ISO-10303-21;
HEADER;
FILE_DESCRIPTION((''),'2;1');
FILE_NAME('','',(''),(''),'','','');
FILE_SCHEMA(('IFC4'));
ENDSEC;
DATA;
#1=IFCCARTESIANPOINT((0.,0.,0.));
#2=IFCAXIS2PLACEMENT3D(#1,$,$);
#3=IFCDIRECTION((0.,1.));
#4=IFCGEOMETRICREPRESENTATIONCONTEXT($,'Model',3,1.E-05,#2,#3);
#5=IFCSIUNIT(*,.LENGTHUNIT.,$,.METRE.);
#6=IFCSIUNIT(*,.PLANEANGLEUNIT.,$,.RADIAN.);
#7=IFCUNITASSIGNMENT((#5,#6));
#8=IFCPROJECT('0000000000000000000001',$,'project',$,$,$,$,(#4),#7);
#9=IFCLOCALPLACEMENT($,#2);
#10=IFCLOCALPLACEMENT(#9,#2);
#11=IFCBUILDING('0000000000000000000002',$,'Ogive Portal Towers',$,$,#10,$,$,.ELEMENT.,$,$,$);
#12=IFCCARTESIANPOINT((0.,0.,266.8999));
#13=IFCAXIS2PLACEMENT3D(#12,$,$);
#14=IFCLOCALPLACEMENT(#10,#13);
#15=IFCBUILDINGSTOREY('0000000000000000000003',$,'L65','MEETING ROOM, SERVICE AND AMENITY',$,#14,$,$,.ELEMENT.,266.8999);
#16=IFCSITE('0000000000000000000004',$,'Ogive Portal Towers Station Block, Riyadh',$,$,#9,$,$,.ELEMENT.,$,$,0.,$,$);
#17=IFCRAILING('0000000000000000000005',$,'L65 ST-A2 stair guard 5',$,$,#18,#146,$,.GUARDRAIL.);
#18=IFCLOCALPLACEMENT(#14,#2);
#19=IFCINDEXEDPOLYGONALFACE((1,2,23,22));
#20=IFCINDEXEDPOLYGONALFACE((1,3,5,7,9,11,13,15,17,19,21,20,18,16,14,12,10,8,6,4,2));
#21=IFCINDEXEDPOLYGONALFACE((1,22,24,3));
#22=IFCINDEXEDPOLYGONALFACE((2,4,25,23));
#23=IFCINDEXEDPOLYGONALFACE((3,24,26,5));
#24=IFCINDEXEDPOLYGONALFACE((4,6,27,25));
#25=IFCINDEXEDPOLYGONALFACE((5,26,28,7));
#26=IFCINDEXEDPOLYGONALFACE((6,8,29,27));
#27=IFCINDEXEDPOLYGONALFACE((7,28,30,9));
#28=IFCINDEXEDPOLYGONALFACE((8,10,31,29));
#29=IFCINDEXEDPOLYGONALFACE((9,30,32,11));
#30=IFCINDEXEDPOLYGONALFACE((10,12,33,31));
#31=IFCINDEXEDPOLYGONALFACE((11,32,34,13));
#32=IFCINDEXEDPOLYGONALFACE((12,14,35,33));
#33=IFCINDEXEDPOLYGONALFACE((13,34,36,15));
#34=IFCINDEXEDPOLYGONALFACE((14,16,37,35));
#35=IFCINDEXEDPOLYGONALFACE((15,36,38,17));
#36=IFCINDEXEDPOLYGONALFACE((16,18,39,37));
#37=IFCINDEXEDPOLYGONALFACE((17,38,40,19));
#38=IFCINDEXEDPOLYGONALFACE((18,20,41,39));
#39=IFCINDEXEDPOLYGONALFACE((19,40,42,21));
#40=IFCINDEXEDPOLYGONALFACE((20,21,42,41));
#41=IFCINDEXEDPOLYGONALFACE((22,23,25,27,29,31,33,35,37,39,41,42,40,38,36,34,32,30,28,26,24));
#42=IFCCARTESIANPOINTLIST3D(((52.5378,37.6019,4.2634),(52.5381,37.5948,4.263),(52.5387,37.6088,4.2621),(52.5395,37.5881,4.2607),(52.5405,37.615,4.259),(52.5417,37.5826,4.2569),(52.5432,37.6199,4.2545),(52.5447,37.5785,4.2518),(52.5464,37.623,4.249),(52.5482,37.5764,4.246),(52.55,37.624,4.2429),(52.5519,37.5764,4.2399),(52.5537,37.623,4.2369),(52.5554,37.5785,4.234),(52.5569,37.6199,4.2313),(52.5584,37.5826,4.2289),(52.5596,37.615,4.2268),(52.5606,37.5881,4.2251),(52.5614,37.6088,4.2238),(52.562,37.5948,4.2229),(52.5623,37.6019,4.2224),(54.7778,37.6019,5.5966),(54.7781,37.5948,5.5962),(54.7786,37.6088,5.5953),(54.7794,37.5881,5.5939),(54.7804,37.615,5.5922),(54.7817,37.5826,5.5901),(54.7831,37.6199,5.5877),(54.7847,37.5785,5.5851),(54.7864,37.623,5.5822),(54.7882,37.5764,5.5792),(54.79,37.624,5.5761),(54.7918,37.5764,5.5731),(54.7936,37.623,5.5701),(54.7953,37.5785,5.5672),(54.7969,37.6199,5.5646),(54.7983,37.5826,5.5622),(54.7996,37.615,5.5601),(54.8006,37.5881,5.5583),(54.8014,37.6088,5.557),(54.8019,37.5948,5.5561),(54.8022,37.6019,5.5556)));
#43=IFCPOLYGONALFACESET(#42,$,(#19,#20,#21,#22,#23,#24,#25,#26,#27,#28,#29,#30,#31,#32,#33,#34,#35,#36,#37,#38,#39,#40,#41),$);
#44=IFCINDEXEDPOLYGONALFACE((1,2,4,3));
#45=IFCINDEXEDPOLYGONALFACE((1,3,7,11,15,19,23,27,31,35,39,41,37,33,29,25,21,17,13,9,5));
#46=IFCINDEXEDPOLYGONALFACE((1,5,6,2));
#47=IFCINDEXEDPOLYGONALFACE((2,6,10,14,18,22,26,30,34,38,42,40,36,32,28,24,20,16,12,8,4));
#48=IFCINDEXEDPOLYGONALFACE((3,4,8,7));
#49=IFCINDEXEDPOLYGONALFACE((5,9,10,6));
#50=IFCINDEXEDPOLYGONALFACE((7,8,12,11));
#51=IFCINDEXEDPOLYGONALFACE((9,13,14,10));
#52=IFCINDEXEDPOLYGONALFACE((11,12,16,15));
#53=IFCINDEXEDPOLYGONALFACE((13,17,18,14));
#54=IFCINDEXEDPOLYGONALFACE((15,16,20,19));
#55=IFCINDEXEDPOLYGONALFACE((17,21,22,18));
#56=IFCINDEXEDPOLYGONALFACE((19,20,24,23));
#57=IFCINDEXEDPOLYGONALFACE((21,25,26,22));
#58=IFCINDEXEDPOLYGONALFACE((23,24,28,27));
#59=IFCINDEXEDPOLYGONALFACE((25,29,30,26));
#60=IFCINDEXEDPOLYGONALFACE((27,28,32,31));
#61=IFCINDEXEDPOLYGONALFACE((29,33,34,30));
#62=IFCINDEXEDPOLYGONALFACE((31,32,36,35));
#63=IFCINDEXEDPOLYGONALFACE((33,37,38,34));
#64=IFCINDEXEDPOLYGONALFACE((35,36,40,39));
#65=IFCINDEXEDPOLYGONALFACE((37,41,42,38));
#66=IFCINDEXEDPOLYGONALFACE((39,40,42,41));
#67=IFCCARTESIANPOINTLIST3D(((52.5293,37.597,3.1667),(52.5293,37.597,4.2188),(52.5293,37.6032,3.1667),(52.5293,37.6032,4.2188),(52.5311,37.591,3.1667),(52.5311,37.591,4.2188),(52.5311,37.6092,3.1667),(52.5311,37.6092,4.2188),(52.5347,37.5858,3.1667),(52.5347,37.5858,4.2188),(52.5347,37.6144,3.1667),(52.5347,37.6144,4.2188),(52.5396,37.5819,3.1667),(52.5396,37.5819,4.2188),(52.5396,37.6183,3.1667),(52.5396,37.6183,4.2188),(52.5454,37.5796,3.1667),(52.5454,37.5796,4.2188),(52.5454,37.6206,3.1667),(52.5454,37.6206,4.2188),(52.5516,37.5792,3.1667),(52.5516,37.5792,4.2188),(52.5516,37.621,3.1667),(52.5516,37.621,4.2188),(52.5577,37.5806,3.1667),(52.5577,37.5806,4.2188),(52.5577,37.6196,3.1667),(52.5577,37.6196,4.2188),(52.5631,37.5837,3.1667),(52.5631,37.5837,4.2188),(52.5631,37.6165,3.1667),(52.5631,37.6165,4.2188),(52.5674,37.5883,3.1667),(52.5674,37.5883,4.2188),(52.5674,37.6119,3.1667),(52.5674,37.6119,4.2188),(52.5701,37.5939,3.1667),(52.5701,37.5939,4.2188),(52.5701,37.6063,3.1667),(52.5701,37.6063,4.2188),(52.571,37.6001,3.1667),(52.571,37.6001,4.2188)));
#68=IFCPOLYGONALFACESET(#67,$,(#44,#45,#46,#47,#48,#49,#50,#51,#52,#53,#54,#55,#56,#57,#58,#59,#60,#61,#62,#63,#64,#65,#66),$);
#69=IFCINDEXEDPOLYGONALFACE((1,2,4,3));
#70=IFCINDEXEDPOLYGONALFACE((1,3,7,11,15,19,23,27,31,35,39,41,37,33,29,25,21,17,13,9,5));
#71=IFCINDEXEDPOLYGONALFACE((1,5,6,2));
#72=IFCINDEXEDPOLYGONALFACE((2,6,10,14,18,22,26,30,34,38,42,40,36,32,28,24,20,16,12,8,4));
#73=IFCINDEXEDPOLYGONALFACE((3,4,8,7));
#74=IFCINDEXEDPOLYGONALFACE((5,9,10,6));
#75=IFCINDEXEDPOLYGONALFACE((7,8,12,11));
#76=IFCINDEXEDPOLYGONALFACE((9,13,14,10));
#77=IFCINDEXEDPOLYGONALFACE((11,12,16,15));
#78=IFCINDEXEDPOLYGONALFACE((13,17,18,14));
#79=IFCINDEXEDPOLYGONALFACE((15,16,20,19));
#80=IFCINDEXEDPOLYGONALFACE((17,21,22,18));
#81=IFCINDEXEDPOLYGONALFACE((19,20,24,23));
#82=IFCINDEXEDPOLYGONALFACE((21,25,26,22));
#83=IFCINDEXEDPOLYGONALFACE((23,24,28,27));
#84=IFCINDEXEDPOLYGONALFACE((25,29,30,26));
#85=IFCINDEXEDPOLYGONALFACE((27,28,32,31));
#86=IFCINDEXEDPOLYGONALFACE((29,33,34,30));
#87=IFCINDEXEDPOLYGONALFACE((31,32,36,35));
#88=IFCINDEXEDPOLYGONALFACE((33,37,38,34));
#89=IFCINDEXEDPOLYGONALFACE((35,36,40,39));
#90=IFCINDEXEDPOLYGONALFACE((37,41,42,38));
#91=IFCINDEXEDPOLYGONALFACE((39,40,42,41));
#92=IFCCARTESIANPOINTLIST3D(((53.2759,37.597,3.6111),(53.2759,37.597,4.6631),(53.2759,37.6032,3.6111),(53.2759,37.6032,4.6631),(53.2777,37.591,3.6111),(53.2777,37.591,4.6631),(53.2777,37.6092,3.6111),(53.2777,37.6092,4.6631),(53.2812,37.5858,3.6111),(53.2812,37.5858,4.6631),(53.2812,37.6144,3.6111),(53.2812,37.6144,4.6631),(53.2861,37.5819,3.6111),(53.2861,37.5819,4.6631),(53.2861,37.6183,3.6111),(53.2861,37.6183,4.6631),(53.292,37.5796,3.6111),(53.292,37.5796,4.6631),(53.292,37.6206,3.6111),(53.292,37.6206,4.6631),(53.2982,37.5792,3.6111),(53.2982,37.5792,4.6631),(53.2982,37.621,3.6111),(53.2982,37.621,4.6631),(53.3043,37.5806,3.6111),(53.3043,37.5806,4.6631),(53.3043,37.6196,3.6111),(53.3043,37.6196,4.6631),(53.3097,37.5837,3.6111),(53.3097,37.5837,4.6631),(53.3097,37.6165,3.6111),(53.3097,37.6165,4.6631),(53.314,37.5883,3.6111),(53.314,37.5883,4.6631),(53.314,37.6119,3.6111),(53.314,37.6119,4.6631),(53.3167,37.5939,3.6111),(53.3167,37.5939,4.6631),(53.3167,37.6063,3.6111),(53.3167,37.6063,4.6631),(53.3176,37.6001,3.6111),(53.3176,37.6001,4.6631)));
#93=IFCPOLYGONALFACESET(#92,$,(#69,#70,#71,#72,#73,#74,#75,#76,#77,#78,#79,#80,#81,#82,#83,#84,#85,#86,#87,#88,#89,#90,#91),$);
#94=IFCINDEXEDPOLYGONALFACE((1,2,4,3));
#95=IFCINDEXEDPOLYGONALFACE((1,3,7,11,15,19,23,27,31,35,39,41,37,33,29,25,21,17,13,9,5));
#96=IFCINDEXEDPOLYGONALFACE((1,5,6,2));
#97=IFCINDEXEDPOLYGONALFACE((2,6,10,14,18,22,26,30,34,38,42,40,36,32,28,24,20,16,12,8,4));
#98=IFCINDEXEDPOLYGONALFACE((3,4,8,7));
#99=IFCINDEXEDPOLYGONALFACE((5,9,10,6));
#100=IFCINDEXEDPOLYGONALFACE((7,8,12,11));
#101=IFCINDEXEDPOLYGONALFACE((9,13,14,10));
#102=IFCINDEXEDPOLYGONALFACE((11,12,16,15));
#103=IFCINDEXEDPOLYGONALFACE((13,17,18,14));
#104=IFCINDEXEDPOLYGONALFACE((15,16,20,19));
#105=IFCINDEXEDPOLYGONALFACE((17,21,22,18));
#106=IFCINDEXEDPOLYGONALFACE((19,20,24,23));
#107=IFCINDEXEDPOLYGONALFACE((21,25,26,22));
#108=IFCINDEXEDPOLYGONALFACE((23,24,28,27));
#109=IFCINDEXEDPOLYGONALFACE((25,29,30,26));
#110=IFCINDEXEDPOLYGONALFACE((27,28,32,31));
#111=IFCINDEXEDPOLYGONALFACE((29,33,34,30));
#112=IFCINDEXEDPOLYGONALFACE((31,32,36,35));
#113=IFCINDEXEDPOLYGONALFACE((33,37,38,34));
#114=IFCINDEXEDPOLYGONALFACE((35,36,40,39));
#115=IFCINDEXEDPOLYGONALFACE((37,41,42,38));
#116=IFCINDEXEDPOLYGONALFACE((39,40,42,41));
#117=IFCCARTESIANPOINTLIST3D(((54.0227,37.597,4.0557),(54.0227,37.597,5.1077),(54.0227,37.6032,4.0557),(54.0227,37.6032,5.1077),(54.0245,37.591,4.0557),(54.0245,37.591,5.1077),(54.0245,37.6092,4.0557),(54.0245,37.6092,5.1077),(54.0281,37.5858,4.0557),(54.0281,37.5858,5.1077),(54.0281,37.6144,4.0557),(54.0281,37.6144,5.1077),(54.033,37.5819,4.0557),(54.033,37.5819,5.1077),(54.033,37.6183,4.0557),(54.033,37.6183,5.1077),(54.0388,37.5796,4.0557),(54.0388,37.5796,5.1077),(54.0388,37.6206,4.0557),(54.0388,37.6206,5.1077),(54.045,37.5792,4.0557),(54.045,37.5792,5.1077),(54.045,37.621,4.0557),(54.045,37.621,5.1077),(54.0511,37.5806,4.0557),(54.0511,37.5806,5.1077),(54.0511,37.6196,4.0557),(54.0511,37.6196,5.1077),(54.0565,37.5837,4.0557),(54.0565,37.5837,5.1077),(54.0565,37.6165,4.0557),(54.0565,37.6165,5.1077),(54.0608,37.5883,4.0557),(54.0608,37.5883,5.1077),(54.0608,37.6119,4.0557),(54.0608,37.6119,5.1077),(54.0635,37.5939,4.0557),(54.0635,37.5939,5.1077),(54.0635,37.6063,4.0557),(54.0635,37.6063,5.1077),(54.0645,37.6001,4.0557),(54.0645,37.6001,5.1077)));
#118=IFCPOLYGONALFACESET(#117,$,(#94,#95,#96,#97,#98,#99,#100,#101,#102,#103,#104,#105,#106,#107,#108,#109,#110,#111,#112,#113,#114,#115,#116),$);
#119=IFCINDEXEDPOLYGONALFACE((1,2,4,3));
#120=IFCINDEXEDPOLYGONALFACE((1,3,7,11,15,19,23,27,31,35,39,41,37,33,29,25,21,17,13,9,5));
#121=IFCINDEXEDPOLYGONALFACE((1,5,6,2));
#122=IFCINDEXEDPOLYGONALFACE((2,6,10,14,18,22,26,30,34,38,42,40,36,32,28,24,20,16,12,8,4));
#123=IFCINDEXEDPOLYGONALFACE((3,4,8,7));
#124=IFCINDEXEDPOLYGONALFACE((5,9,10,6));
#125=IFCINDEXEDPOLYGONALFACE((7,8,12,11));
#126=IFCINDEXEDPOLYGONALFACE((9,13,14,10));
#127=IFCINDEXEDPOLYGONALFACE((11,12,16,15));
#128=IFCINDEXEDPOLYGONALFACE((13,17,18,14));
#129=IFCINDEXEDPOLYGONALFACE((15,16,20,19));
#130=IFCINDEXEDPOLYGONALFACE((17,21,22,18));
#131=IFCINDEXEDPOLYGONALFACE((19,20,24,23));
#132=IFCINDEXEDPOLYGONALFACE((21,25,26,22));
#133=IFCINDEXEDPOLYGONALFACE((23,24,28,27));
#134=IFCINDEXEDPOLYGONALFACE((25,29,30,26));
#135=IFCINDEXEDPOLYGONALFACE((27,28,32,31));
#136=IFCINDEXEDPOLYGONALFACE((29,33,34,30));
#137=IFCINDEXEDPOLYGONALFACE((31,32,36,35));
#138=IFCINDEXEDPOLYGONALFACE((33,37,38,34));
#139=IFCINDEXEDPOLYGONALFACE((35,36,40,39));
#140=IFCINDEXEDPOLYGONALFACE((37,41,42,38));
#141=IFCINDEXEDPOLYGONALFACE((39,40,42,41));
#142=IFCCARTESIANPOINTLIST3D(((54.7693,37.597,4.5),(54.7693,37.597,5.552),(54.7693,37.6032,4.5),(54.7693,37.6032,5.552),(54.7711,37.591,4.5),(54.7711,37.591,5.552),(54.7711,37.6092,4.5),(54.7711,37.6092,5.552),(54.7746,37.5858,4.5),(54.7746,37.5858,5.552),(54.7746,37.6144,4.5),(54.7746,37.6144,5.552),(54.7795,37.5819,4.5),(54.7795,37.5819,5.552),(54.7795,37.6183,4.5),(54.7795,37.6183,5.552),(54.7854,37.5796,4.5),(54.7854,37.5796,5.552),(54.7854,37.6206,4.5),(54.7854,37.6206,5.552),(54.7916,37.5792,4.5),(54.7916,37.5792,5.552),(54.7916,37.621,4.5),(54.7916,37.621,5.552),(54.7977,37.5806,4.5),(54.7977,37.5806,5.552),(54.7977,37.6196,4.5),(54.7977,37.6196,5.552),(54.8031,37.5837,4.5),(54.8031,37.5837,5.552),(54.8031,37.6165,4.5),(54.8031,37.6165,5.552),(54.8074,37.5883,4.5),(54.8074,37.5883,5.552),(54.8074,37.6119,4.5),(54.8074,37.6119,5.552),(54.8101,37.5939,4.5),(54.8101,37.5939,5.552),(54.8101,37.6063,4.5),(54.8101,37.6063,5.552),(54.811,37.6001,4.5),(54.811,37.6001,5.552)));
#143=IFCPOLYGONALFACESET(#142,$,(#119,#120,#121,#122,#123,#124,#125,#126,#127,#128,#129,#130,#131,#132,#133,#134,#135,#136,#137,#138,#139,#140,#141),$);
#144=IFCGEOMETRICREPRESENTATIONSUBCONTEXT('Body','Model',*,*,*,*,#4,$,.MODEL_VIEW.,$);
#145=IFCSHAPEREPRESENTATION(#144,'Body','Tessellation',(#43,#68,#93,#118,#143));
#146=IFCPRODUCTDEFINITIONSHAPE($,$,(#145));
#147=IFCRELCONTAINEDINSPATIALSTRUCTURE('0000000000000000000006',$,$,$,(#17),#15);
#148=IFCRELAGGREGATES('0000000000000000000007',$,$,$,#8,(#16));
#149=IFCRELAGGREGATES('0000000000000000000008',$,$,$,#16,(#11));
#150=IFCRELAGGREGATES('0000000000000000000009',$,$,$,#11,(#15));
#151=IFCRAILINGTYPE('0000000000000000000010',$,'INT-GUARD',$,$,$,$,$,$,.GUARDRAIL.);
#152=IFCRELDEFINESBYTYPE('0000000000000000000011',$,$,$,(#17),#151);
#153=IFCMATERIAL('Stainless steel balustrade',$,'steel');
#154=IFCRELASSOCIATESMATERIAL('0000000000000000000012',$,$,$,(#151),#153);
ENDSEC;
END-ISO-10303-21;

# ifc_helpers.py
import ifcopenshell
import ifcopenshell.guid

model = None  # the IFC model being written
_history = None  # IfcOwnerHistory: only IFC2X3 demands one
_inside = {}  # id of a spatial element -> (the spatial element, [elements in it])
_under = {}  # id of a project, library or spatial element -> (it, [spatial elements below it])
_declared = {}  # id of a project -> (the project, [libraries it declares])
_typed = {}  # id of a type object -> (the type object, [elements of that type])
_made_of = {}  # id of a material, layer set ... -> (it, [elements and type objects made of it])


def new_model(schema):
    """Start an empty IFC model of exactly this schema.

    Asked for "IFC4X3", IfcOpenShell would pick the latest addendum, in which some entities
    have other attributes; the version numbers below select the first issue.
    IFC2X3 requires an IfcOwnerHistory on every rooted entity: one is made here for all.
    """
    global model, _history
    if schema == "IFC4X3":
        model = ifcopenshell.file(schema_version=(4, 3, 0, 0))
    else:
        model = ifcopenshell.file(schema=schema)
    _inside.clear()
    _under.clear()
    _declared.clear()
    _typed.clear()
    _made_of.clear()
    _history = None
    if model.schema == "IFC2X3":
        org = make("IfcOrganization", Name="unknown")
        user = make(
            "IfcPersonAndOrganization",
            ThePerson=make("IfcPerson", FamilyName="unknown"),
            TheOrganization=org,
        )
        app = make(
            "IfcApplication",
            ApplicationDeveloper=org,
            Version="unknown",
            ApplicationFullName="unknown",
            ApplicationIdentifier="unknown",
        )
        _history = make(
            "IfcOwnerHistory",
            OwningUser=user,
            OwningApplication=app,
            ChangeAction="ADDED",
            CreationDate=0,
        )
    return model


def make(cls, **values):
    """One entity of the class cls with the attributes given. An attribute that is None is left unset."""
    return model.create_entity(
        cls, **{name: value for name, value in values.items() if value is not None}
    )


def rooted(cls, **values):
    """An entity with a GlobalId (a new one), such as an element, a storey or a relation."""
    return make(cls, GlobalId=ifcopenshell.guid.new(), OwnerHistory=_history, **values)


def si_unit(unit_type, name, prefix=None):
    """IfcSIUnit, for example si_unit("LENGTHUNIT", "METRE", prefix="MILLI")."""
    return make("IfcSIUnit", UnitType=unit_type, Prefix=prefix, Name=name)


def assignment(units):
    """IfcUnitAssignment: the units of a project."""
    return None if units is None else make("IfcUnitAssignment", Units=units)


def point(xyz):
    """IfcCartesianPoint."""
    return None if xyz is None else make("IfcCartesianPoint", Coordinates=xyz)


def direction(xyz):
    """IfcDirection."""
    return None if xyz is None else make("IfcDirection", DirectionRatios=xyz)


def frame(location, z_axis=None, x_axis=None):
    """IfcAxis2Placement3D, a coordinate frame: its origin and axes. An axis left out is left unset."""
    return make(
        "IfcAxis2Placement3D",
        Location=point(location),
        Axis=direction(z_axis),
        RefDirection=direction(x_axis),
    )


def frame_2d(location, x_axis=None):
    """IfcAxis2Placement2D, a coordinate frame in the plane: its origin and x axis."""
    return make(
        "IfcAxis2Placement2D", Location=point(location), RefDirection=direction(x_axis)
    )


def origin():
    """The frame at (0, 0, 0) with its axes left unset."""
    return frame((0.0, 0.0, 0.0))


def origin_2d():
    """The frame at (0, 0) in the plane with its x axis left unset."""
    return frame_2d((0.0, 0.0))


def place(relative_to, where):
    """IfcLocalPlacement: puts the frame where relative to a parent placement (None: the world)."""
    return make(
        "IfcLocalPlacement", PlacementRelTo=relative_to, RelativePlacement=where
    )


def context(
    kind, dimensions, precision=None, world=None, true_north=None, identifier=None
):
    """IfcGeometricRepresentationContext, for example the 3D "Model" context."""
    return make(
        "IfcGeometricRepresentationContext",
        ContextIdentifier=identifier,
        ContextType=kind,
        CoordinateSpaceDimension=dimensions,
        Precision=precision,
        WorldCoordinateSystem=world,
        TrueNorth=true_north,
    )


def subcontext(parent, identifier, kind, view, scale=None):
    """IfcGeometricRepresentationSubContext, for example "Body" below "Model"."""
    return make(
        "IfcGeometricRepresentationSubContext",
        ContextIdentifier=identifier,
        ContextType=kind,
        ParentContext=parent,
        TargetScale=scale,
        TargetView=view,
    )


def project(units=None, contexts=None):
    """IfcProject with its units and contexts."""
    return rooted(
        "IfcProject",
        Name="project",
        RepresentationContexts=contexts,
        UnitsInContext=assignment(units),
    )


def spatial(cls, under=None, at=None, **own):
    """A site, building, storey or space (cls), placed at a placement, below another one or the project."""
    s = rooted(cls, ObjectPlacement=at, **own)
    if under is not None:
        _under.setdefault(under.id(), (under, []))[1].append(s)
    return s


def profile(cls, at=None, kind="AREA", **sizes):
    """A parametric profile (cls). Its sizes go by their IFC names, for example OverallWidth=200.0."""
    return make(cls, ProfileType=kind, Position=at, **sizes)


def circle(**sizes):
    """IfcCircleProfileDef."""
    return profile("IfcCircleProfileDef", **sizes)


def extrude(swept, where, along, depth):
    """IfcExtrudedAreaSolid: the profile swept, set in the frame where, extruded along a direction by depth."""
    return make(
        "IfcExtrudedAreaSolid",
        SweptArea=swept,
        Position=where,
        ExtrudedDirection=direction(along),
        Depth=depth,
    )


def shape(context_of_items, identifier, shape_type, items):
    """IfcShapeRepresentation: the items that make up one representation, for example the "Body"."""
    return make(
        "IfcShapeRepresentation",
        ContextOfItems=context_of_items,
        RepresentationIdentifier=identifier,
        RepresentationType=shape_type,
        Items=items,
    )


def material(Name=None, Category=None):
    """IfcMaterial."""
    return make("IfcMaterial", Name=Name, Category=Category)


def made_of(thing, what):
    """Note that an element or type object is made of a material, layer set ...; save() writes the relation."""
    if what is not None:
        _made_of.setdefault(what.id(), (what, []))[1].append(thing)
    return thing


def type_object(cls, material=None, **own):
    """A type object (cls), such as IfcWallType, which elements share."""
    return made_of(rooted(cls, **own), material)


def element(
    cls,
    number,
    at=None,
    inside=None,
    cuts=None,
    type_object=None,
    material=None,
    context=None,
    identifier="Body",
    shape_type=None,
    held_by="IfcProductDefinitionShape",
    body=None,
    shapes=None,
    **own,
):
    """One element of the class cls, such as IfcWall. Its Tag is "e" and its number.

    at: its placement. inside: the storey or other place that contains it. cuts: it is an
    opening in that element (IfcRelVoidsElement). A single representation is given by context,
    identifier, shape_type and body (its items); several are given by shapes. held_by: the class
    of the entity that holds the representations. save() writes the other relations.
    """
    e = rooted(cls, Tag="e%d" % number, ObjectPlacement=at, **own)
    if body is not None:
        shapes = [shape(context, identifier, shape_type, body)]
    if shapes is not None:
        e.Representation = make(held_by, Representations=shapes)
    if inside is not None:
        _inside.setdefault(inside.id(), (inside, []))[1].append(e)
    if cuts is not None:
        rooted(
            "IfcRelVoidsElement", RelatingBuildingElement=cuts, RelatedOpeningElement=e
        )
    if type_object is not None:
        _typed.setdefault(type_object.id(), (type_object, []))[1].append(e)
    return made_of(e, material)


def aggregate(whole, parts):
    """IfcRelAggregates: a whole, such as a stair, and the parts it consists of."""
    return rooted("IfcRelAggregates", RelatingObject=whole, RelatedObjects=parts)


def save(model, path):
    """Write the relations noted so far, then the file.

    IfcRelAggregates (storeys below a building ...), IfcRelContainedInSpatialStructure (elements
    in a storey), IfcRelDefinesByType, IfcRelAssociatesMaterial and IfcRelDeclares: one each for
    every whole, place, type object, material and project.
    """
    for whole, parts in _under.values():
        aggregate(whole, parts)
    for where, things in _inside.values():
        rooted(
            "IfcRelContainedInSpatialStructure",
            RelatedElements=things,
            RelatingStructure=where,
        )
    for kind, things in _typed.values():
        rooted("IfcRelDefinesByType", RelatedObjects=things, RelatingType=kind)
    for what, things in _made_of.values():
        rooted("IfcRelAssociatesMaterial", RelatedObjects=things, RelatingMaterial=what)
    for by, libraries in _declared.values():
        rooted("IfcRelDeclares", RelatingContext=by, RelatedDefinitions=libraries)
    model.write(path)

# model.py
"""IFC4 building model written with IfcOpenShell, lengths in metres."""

from ifc_helpers import new_model, si_unit, direction, frame, origin, origin_2d, place, context, subcontext, project, spatial, circle, extrude, material, type_object, element, save


model = new_model("IFC4")

# Units and contexts
model_context = context("Model", 3, precision=1e-05, world=origin(), true_north=direction((0.0, 1.0)))
body_context = subcontext(model_context, "Body", "Model", "MODEL_VIEW")
ifc_project = project(units=[si_unit("LENGTHUNIT", "METRE"), si_unit("PLANEANGLEUNIT", "RADIAN")], contexts=[model_context])

# Site, building, storey
site_placement = place(None, origin())
site = spatial("IfcSite", under=ifc_project, at=site_placement, Name="Ogive Portal Towers Station Block, Riyadh", CompositionType="ELEMENT", RefElevation=0.0)
building_placement = place(site_placement, origin())
building = spatial("IfcBuilding", under=site, at=building_placement, Name="Ogive Portal Towers", CompositionType="ELEMENT")
storey_placement = place(building_placement, frame((0.0, 0.0, 266.8999)))
storey = spatial("IfcBuildingStorey", under=building, at=storey_placement, Name="L65", Description="MEETING ROOM, SERVICE AND AMENITY", CompositionType="ELEMENT", Elevation=266.8999)

# Railing
ifc_material_1 = material(Name="Stainless steel balustrade", Category="steel")
railing_type_1 = type_object("IfcRailingType", Name="INT-GUARD", PredefinedType="GUARDRAIL", material=ifc_material_1)
railing_1_placement = place(storey_placement, frame((52.55, 37.6001, 3.1667)))
element("IfcRailing", 1, at=railing_1_placement, inside=storey, type_object=railing_type_1, Name="L65 ST-A2 stair guard 5", PredefinedType="GUARDRAIL", context=body_context, shape_type="SweptSolid", body=[
    extrude(circle(Radius=0.0239, at=origin_2d()), frame((0.0, 0.0, 1.0762), z_axis=(0.859306, 0.0, 0.511462), x_axis=(0.0, 1.0, 0.0)), (0.0, 0.0, 1.0), 2.6067),
    extrude(circle(Radius=0.021, at=origin_2d()), origin(), (0.0, 0.0, 1.0), 1.052),
    extrude(circle(Radius=0.021, at=origin_2d()), frame((0.7466, 0.0, 0.4443)), (0.0, 0.0, 1.0), 1.052),
    extrude(circle(Radius=0.021, at=origin_2d()), frame((1.4934, 0.0, 0.8889)), (0.0, 0.0, 1.0), 1.052),
    extrude(circle(Radius=0.021, at=origin_2d()), frame((2.24, 0.0, 1.3333)), (0.0, 0.0, 1.0), 1.052),
])

save(model, "model.ifc")
